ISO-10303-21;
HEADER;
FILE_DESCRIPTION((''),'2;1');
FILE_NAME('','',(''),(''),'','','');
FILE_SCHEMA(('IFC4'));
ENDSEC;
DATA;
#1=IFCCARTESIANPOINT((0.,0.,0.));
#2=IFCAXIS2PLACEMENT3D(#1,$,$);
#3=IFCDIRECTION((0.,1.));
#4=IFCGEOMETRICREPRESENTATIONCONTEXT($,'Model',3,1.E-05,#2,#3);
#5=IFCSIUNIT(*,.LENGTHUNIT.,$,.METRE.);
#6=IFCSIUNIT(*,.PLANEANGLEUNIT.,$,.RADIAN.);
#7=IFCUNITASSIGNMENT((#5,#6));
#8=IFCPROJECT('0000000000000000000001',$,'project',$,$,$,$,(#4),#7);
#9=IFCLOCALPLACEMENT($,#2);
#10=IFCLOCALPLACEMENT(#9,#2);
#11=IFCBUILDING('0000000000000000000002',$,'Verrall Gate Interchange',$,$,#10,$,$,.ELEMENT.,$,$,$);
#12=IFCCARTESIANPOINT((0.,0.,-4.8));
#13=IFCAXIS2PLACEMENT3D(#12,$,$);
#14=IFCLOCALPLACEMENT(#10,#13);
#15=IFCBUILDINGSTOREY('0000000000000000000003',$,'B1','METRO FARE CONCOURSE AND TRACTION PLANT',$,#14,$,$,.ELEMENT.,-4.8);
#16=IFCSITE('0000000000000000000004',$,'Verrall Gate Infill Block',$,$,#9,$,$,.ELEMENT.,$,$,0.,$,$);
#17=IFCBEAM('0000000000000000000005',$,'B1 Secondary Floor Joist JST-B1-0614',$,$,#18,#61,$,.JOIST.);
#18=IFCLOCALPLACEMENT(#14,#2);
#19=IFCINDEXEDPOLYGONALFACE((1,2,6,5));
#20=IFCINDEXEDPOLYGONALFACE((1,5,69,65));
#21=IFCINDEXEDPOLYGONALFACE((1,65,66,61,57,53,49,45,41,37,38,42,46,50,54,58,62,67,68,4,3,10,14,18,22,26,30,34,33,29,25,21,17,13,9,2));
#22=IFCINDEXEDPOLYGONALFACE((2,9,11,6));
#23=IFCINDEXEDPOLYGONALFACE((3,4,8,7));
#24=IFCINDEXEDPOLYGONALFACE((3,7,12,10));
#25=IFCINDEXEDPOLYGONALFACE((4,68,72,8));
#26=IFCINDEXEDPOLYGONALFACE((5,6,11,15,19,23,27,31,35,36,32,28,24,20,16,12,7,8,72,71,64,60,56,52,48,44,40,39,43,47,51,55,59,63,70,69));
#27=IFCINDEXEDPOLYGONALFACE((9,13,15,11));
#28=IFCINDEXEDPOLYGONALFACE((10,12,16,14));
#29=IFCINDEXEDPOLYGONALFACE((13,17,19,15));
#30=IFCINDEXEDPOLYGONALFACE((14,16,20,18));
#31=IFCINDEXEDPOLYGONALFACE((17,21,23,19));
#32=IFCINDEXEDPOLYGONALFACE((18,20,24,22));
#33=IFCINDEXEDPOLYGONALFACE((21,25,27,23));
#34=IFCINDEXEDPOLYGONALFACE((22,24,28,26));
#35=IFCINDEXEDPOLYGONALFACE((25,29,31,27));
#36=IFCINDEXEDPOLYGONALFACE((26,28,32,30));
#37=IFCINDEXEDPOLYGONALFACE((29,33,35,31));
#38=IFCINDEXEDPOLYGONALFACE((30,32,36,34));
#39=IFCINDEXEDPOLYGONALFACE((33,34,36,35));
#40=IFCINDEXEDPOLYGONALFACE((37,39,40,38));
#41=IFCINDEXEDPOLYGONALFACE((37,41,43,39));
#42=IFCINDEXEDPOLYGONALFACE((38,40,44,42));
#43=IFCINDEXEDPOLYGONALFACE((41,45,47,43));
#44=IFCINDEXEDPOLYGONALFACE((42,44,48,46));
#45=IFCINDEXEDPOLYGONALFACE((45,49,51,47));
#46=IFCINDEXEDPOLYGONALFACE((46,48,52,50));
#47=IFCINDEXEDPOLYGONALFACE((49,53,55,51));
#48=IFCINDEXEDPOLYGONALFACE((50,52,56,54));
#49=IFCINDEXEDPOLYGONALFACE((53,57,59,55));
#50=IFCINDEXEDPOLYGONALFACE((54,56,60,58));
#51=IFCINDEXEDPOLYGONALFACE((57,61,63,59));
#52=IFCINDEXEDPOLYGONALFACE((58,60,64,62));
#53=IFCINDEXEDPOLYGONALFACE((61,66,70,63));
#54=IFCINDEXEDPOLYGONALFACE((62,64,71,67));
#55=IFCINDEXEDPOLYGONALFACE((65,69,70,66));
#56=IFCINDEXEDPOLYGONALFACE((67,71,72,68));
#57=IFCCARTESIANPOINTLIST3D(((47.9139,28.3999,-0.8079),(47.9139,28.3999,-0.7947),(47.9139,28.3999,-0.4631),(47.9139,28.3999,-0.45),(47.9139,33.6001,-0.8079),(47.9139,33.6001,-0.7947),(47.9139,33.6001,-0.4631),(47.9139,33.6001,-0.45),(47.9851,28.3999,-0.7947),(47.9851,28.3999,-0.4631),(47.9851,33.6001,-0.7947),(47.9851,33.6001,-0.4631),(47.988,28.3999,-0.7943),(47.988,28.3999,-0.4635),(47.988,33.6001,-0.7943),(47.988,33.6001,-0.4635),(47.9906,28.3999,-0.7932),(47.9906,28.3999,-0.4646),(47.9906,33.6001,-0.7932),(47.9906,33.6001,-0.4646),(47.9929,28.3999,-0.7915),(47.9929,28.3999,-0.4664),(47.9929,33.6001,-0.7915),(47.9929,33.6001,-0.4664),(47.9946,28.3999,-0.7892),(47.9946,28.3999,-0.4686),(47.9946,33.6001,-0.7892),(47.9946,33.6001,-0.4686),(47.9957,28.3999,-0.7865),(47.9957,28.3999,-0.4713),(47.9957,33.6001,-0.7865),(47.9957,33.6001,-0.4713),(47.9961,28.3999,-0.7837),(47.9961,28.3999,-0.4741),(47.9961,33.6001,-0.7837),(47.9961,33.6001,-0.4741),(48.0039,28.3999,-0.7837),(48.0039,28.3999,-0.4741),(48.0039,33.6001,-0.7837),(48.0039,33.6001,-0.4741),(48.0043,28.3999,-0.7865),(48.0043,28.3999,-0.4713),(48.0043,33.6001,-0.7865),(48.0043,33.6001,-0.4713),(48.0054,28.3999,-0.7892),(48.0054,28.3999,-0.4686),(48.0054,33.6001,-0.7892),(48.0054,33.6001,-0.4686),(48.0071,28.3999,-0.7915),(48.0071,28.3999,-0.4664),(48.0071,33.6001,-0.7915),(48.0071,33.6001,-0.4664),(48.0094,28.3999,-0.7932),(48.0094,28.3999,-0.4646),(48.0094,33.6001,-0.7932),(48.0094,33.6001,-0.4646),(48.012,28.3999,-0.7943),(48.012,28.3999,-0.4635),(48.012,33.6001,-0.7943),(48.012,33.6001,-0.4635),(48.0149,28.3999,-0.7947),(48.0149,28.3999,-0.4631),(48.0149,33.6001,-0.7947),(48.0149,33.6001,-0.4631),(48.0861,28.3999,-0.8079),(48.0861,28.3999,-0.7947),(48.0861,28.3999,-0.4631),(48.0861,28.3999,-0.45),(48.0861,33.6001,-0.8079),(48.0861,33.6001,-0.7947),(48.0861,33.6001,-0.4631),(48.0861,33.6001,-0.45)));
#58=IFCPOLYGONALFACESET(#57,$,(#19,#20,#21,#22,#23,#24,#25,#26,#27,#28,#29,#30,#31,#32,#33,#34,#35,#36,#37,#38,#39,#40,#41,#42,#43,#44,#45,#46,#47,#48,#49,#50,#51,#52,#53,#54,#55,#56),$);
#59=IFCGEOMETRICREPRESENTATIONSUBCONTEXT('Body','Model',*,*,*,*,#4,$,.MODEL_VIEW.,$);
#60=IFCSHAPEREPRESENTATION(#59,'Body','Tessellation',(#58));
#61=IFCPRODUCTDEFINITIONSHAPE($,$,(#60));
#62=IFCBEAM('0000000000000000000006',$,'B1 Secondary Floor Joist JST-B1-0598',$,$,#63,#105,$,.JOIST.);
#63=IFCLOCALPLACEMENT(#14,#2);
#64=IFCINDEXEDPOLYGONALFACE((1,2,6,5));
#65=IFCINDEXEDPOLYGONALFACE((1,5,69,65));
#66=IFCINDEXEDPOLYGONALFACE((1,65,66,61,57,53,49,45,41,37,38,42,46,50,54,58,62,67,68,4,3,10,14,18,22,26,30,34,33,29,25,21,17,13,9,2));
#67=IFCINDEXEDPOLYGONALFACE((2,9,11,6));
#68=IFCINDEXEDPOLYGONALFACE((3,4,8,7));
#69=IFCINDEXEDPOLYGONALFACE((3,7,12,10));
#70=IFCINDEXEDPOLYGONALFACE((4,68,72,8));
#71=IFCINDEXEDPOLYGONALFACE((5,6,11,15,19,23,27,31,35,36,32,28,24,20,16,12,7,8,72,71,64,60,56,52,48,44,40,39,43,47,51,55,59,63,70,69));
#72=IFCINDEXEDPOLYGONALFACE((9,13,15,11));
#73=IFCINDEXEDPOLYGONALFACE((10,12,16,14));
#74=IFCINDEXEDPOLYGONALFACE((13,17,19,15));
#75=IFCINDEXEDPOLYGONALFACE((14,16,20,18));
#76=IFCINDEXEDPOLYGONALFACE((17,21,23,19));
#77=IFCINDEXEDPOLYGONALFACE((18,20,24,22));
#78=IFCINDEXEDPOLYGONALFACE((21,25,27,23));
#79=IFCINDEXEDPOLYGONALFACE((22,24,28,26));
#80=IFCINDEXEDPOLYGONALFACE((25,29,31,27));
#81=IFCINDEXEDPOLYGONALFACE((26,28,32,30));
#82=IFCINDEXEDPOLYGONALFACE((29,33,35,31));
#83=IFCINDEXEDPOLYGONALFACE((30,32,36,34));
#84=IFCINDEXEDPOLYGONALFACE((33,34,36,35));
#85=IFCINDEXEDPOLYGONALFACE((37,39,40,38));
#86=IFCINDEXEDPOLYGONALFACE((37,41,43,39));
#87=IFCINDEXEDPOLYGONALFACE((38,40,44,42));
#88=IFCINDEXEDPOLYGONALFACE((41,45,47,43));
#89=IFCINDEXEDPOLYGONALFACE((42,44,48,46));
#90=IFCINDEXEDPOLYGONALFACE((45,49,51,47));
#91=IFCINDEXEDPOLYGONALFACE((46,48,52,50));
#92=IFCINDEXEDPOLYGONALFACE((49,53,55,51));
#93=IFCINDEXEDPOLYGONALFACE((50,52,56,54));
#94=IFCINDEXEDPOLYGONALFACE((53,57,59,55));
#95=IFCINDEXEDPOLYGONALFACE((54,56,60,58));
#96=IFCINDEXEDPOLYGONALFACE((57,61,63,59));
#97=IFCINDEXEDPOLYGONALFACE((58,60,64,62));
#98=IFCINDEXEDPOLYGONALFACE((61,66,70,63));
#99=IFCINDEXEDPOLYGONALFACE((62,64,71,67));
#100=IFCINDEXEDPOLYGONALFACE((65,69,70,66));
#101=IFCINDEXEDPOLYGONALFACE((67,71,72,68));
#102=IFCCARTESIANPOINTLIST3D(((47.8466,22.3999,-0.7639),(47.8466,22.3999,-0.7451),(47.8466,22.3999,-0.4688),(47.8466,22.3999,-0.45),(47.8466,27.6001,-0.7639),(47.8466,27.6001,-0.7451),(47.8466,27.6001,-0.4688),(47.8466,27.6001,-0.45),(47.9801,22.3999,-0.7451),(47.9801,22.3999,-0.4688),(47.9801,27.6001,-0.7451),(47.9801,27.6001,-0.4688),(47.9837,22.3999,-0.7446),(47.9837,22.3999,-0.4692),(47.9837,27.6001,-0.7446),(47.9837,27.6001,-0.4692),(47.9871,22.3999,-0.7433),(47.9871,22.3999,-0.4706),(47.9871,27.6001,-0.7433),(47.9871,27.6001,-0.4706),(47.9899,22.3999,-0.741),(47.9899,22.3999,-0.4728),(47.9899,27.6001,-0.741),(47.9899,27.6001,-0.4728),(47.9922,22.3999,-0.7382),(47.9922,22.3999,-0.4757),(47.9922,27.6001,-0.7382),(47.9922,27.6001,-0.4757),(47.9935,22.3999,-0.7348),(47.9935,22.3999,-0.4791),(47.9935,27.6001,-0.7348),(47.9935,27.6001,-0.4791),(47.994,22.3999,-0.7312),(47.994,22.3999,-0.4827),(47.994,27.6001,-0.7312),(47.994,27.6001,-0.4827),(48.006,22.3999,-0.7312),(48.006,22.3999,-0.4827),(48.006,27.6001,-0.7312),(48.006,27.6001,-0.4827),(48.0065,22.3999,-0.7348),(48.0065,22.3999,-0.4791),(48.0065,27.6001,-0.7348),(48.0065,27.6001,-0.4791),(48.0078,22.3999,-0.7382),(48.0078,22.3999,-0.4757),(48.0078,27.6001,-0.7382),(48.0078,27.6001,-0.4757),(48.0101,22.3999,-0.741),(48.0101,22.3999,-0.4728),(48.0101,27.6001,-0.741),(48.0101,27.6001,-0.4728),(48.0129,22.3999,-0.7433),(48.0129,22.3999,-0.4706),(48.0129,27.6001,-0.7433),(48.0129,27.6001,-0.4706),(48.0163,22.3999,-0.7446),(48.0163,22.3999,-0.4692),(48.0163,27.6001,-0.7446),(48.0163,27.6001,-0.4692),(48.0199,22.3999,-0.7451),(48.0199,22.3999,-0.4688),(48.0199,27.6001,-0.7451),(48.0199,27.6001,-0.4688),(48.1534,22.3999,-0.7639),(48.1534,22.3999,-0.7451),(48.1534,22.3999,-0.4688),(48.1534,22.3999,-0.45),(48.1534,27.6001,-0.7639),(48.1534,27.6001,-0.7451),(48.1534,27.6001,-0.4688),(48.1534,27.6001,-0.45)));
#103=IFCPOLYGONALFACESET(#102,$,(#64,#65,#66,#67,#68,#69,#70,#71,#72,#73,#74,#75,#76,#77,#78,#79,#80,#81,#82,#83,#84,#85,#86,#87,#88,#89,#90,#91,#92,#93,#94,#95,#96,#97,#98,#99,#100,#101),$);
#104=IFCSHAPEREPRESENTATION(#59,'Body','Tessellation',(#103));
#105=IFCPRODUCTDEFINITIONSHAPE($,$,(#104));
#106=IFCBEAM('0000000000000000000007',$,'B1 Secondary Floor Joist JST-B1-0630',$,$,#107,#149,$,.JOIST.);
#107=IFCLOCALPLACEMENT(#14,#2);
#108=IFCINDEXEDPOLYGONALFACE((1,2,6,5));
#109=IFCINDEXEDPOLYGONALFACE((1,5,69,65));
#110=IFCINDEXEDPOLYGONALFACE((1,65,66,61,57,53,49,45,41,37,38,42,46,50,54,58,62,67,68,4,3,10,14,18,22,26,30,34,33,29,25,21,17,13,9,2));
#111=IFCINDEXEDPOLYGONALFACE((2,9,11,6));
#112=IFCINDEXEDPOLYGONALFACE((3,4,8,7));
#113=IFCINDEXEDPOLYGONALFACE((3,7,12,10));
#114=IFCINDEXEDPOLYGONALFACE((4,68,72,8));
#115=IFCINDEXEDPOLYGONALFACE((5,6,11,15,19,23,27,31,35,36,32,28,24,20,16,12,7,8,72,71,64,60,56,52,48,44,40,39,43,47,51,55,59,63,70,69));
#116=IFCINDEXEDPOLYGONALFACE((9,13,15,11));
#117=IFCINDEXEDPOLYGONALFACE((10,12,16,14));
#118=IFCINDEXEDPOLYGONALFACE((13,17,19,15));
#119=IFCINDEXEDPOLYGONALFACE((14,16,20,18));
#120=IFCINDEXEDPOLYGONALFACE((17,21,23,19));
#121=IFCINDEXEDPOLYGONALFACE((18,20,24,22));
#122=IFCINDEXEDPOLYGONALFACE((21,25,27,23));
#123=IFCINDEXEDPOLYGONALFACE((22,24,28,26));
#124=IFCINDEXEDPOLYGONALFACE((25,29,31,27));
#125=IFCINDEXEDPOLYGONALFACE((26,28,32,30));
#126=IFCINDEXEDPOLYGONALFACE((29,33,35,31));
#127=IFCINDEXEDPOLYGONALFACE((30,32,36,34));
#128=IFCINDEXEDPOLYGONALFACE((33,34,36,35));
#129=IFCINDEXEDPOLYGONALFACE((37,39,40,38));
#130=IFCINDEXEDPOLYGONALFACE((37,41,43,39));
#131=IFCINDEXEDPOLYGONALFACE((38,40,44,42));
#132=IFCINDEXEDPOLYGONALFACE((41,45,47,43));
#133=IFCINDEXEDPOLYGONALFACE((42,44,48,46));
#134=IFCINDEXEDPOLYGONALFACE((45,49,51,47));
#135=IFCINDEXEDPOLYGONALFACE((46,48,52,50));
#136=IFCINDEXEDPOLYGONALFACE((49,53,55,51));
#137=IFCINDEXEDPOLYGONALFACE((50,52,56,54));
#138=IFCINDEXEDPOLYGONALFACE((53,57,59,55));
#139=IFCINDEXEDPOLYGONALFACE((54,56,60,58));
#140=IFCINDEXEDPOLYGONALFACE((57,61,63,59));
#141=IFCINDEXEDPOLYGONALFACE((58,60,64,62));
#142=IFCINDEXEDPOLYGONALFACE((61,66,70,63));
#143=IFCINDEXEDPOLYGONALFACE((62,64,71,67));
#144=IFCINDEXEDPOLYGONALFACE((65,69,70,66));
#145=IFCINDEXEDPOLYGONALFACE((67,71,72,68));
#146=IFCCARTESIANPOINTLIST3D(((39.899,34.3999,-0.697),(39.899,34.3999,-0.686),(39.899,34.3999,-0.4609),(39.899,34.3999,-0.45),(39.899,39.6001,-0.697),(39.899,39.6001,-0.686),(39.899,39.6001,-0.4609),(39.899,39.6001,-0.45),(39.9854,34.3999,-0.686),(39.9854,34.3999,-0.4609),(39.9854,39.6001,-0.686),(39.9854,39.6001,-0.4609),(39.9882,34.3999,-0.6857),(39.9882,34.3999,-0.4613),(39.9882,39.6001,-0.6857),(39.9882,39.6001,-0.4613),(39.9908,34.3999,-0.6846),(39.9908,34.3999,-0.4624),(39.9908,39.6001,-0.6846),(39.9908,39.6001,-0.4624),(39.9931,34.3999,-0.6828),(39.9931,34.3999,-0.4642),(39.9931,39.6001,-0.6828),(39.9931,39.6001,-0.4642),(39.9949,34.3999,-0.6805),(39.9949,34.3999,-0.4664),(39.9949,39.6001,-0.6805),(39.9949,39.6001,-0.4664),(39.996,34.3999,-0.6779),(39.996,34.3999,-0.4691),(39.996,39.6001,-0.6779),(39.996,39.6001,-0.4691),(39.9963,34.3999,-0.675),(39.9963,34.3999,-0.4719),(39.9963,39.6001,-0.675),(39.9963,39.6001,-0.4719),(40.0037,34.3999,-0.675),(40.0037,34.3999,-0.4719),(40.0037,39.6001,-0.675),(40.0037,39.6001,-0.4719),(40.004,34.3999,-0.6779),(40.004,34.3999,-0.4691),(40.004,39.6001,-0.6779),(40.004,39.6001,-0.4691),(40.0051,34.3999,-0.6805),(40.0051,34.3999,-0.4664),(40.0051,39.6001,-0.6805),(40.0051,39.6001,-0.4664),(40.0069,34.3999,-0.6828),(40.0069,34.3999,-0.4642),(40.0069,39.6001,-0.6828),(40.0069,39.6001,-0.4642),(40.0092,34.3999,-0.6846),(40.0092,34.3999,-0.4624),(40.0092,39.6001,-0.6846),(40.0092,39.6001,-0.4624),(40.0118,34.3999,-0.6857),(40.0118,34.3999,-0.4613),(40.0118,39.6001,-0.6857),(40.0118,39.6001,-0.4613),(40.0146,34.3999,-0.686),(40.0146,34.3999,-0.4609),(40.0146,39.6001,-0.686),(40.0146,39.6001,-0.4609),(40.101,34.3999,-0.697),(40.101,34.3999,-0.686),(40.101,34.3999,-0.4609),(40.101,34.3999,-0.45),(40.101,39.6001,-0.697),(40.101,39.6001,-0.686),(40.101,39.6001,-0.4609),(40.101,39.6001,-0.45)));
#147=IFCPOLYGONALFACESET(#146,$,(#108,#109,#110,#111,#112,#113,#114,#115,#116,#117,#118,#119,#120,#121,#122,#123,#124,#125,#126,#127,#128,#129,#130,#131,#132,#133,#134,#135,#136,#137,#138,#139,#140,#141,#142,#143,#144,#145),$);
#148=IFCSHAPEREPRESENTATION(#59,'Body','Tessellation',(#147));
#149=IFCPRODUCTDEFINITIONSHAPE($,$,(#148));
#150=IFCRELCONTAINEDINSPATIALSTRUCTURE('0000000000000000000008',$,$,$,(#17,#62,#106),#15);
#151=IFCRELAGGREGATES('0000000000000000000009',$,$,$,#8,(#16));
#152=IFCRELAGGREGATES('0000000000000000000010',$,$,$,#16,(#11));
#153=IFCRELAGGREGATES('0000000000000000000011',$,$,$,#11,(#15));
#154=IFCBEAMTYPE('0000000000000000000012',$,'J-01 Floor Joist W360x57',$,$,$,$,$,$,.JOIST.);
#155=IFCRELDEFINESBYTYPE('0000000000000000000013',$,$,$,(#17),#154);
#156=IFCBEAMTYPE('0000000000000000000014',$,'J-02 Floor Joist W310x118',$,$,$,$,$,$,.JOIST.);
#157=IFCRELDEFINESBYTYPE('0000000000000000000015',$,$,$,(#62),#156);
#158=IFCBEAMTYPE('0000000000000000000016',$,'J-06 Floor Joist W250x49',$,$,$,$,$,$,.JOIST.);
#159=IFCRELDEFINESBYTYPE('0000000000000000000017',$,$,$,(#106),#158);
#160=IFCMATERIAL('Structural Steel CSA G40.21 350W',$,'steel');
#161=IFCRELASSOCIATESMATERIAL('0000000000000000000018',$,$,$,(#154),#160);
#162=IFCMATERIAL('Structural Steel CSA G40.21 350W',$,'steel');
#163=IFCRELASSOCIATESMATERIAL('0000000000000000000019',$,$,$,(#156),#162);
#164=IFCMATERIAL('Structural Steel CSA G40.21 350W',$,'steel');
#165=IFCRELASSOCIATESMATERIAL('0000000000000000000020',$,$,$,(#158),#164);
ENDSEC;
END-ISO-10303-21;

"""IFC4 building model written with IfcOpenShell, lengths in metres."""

from ifc_helpers import new_model, si_unit, direction, frame, origin, origin_2d, place, context, subcontext, project, spatial, i_section, extrude, material, material_profile, profile_set, type_object, element, save


model = new_model("IFC4")

# Units and contexts
model_context = context("Model", 3, precision=1e-05, world=origin(), true_north=direction((0.0, 1.0)))
body_context = subcontext(model_context, "Body", "Model", "MODEL_VIEW")
ifc_project = project(units=[si_unit("LENGTHUNIT", "METRE"), si_unit("PLANEANGLEUNIT", "RADIAN")], contexts=[model_context])

# Site, building, storey
site_placement = place(None, origin())
site = spatial("IfcSite", under=ifc_project, at=site_placement, Name="Verrall Gate Infill Block", CompositionType="ELEMENT", RefElevation=0.0)
building_placement = place(site_placement, origin())
building = spatial("IfcBuilding", under=site, at=building_placement, Name="Verrall Gate Interchange", CompositionType="ELEMENT")
storey_placement = place(building_placement, frame((0.0, 0.0, -4.8)))
storey = spatial("IfcBuildingStorey", under=building, at=storey_placement, Name="B1", Description="METRO FARE CONCOURSE AND TRACTION PLANT", CompositionType="ELEMENT", Elevation=-4.8)

# Beams
ifc_material_1 = material(Name="Structural Steel CSA G40.21 350W", Category="steel")
ifc_material_profile_1 = material_profile(ifc_material_1, i_section(OverallWidth=0.1721, OverallDepth=0.3579, WebThickness=0.0078, FlangeThickness=0.0132, FilletRadius=0.011, at=origin_2d()), Name="W360x57")
ifc_profile_set_1 = profile_set([ifc_material_profile_1], Name="Structural Steel CSA G40.21 350W")
beam_type_1 = type_object("IfcBeamType", Name="J-01 Floor Joist W360x57", PredefinedType="JOIST", material=ifc_profile_set_1)
beam_1_placement = place(storey_placement, frame((48.0, 28.3999, -0.6289), z_axis=(0.0, 1.0, 0.0), x_axis=(-1.0, 0.0, 0.0)))
element("IfcBeam", 1, at=beam_1_placement, inside=storey, type_object=beam_type_1, Name="B1 Secondary Floor Joist JST-B1-0614", PredefinedType="JOIST", context=body_context, shape_type="SweptSolid", body=[
    extrude(i_section(OverallWidth=0.1721, OverallDepth=0.3579, WebThickness=0.0078, FlangeThickness=0.0132, FilletRadius=0.011, at=origin_2d()), origin(), (0.0, 0.0, 1.0), 5.2002),
])
ifc_material_2 = material(Name="Structural Steel CSA G40.21 350W", Category="steel")
ifc_material_profile_2 = material_profile(ifc_material_2, i_section(OverallWidth=0.3069, OverallDepth=0.314, WebThickness=0.012, FlangeThickness=0.0188, FilletRadius=0.0139, at=origin_2d()), Name="W310x118")
ifc_profile_set_2 = profile_set([ifc_material_profile_2], Name="Structural Steel CSA G40.21 350W")
beam_type_2 = type_object("IfcBeamType", Name="J-02 Floor Joist W310x118", PredefinedType="JOIST", material=ifc_profile_set_2)
beam_2_placement = place(storey_placement, frame((48.0, 22.3999, -0.6069), z_axis=(0.0, 1.0, 0.0), x_axis=(-1.0, 0.0, 0.0)))
element("IfcBeam", 2, at=beam_2_placement, inside=storey, type_object=beam_type_2, Name="B1 Secondary Floor Joist JST-B1-0598", PredefinedType="JOIST", context=body_context, shape_type="SweptSolid", body=[
    extrude(i_section(OverallWidth=0.3069, OverallDepth=0.314, WebThickness=0.012, FlangeThickness=0.0188, FilletRadius=0.0139, at=origin_2d()), origin(), (0.0, 0.0, 1.0), 5.2002),
])
ifc_material_3 = material(Name="Structural Steel CSA G40.21 350W", Category="steel")
ifc_material_profile_3 = material_profile(ifc_material_3, i_section(OverallWidth=0.2019, OverallDepth=0.2471, WebThickness=0.0073, FlangeThickness=0.011, FilletRadius=0.011, at=origin_2d()), Name="W250x49")
ifc_profile_set_3 = profile_set([ifc_material_profile_3], Name="Structural Steel CSA G40.21 350W")
beam_type_3 = type_object("IfcBeamType", Name="J-06 Floor Joist W250x49", PredefinedType="JOIST", material=ifc_profile_set_3)
beam_3_placement = place(storey_placement, frame((40.0, 34.3999, -0.5735), z_axis=(0.0, 1.0, 0.0), x_axis=(-1.0, 0.0, 0.0)))
element("IfcBeam", 3, at=beam_3_placement, inside=storey, type_object=beam_type_3, Name="B1 Secondary Floor Joist JST-B1-0630", PredefinedType="JOIST", context=body_context, shape_type="SweptSolid", body=[
    extrude(i_section(OverallWidth=0.2019, OverallDepth=0.2471, WebThickness=0.0073, FlangeThickness=0.011, FilletRadius=0.011, at=origin_2d()), origin(), (0.0, 0.0, 1.0), 5.2002),
])

save(model, "model.ifc")
